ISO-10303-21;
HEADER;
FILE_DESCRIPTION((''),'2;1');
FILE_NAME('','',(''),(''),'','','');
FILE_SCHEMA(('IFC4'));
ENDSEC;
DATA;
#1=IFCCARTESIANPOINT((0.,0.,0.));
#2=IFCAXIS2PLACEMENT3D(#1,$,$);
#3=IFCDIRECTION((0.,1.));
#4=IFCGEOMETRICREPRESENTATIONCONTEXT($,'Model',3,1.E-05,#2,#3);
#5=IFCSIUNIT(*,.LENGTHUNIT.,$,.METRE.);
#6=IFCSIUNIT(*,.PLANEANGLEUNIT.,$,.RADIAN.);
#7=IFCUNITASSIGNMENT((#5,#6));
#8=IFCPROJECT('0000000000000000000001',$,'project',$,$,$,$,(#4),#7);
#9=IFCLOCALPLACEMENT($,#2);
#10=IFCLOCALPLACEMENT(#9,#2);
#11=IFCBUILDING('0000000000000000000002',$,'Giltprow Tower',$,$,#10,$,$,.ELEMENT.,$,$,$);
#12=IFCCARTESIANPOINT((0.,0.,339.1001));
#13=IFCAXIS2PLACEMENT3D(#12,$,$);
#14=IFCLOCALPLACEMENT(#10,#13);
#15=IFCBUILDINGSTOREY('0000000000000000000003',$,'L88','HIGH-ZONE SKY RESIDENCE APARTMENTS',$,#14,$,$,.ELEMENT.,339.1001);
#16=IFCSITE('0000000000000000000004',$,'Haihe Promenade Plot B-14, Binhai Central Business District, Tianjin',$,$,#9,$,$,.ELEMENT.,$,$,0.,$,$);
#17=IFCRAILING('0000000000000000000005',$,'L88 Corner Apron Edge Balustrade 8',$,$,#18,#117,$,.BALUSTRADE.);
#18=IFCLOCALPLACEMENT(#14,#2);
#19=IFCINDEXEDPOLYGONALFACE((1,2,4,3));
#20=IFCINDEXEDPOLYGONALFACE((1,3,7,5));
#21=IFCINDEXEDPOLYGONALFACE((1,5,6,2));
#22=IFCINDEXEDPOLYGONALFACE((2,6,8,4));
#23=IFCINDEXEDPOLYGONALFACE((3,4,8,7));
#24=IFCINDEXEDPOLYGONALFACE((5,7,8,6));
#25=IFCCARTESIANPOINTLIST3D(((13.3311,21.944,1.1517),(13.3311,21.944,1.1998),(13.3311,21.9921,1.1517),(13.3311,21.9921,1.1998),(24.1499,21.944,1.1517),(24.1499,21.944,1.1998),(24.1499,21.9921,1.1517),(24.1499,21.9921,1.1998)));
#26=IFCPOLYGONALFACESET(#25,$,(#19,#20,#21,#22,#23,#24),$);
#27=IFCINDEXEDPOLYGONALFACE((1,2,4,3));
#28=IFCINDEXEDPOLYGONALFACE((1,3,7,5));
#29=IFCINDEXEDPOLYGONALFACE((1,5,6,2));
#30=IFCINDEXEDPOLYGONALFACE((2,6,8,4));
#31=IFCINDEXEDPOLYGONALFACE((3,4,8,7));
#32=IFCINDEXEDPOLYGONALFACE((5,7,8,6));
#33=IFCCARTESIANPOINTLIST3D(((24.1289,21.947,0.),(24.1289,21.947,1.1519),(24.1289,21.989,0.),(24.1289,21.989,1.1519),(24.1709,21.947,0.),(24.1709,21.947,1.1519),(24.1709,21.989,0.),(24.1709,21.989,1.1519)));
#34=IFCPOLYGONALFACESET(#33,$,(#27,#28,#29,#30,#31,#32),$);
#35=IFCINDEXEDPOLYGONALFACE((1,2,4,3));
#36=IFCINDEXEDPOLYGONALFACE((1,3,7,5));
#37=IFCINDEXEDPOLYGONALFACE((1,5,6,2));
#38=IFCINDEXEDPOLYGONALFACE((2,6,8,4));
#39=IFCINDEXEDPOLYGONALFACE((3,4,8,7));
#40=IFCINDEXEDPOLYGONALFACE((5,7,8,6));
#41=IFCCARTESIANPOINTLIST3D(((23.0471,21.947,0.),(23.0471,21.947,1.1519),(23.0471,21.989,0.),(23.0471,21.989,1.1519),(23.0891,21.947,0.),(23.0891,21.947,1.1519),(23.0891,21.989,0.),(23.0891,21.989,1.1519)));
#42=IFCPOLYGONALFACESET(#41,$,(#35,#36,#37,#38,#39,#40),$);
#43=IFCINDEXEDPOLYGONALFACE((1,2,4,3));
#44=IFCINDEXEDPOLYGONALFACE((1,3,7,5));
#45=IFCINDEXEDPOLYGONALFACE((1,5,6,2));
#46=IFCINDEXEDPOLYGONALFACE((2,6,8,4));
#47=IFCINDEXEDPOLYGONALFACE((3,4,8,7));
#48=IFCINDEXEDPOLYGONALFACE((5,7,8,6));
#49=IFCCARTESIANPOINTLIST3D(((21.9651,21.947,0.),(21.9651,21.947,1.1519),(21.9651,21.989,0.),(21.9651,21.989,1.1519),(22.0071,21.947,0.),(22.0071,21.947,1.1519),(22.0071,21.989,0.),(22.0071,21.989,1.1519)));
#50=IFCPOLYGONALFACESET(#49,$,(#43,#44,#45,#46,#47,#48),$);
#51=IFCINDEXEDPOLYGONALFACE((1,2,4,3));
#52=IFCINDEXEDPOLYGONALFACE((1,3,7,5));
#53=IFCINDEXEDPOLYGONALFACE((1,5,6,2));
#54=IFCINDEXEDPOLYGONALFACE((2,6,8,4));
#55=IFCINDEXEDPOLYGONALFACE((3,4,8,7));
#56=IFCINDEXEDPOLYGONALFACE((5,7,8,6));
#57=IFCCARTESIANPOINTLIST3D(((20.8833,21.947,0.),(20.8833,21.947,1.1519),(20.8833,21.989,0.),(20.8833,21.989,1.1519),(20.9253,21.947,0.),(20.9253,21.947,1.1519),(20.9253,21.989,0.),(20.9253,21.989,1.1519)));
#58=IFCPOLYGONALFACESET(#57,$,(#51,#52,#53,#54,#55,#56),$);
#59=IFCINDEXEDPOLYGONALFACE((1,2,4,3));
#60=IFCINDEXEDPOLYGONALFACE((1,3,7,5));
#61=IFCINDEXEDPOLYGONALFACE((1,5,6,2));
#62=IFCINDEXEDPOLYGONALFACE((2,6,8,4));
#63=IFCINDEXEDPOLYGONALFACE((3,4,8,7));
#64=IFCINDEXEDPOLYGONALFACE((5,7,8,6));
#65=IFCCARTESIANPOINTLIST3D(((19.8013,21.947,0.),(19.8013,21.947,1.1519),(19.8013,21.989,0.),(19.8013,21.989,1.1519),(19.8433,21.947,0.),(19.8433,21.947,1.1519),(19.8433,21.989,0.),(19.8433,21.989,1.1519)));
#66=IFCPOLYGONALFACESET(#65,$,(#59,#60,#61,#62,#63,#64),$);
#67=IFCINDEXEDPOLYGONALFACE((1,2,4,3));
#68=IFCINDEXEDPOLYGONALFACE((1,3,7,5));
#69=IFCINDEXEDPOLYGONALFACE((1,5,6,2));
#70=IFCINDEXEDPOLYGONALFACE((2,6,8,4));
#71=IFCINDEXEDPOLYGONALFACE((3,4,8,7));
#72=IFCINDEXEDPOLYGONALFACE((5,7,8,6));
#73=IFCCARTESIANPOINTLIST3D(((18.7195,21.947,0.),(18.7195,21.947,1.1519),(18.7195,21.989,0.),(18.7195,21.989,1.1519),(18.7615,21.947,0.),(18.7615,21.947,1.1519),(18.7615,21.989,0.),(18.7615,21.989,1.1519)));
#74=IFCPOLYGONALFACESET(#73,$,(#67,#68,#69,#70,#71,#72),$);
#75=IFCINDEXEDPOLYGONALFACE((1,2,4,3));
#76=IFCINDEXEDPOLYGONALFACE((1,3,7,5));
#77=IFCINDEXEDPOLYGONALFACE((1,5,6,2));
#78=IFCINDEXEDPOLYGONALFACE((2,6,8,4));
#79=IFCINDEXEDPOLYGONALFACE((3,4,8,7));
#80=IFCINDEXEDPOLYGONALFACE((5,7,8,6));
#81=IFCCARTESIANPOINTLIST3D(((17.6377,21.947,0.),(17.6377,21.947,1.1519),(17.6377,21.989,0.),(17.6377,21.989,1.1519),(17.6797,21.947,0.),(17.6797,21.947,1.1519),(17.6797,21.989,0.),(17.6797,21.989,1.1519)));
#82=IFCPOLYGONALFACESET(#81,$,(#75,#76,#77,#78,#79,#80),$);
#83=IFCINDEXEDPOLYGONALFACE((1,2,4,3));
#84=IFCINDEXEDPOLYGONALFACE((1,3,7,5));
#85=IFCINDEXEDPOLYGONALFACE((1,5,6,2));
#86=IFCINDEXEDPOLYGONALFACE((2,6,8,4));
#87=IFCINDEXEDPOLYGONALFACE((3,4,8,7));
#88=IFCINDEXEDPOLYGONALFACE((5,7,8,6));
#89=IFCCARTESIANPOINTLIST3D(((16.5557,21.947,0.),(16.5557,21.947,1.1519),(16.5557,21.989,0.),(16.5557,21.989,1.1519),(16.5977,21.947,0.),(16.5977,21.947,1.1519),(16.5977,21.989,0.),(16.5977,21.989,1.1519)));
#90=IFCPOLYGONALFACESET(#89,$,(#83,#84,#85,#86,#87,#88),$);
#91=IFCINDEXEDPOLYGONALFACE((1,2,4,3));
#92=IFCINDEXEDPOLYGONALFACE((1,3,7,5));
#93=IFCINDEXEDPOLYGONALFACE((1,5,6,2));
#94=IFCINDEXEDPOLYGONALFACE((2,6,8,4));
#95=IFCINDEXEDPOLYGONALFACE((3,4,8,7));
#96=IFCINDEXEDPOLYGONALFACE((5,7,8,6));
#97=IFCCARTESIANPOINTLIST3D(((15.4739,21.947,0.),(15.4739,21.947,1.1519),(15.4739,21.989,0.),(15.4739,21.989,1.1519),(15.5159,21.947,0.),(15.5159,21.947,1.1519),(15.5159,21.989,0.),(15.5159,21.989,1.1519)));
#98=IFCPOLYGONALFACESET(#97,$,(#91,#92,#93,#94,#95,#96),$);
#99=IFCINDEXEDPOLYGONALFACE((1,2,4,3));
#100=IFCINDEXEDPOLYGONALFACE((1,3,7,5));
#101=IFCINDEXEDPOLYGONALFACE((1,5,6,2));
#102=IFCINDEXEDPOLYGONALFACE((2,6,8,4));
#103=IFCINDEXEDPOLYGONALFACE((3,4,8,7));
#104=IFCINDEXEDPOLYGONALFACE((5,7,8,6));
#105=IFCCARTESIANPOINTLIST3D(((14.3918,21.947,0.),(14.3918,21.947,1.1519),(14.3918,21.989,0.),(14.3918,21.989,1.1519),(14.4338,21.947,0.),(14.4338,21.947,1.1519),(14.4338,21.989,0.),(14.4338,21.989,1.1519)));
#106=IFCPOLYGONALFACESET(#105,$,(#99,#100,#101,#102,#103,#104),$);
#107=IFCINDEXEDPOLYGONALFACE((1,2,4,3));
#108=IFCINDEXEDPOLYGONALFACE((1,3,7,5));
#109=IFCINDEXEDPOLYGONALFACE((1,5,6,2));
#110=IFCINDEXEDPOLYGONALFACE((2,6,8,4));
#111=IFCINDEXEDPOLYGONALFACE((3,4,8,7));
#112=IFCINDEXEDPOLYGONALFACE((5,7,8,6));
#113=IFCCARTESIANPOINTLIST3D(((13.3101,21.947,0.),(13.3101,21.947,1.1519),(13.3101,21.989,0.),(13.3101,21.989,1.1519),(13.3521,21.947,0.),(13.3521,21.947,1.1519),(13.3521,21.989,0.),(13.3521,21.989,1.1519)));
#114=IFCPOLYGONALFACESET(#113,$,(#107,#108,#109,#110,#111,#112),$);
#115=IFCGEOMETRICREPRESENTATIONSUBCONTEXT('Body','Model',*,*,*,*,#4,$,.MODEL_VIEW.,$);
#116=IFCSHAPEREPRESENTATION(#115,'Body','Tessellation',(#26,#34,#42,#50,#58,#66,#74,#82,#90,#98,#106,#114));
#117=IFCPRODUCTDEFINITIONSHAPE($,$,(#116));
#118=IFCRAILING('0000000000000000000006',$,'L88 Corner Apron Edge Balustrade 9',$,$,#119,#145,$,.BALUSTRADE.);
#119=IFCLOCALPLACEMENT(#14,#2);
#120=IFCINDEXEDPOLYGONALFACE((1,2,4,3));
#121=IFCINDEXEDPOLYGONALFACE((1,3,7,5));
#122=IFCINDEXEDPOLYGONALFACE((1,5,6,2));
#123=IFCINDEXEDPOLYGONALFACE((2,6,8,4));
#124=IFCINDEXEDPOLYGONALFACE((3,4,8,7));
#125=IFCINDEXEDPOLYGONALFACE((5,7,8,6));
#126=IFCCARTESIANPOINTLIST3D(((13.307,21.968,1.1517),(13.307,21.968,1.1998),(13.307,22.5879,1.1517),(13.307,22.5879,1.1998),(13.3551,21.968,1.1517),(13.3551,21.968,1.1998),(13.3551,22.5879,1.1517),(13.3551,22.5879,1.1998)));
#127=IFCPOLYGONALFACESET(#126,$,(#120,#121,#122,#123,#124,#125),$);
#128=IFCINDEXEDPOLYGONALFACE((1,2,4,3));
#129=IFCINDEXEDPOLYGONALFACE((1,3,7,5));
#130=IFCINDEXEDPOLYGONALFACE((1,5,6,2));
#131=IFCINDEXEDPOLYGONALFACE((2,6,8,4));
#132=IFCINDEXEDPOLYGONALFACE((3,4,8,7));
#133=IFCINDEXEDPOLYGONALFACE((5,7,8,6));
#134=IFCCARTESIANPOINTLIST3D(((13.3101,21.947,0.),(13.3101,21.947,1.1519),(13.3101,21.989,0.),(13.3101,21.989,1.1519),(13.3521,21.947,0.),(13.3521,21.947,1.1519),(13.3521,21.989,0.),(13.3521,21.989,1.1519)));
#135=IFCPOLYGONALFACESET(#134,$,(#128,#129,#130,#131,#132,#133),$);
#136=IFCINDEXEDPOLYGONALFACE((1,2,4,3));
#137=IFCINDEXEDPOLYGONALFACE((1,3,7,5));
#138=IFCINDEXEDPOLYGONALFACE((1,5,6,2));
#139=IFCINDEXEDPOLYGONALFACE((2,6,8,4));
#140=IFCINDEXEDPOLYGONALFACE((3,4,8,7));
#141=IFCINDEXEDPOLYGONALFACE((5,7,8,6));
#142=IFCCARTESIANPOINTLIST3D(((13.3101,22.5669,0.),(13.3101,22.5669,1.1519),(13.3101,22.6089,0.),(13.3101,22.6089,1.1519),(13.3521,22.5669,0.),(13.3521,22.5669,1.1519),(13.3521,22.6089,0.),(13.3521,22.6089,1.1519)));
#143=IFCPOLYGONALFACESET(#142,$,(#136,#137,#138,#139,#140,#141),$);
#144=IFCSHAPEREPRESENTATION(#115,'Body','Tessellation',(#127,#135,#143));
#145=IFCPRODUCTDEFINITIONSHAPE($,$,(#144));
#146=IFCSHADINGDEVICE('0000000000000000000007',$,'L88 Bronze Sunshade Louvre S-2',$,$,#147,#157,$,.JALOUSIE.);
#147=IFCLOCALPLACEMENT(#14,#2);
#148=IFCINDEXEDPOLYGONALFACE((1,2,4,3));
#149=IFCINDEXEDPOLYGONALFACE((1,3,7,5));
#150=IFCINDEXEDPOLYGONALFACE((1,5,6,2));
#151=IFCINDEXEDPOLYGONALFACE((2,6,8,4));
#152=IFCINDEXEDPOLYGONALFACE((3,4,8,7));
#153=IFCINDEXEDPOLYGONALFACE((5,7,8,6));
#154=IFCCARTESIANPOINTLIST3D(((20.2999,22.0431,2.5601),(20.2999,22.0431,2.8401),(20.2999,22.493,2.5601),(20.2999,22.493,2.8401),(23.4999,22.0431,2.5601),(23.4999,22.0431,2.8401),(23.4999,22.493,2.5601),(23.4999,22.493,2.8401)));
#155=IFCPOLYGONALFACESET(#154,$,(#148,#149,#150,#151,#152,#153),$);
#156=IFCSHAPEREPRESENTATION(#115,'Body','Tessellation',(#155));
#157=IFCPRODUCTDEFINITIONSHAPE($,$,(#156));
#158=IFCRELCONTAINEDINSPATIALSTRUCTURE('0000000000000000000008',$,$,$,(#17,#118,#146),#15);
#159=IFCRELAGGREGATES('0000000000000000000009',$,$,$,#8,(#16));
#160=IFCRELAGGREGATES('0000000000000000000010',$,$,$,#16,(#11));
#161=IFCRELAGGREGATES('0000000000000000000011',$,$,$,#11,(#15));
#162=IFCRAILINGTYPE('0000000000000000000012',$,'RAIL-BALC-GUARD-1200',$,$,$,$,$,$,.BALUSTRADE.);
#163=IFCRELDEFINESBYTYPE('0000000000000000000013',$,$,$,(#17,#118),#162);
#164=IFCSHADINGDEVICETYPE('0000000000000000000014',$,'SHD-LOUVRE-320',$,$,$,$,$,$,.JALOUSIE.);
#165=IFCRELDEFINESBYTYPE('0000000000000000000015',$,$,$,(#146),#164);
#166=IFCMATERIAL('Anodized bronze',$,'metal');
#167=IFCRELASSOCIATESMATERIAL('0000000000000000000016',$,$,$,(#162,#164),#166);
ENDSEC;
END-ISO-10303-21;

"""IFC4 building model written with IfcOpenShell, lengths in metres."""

from ifc_helpers import new_model, si_unit, direction, frame, origin, origin_2d, place, context, subcontext, project, spatial, rectangle, extrude, source, transform, mapped, material, type_object, element, save


model = new_model("IFC4")

# Units and contexts
model_context = context("Model", 3, precision=1e-05, world=origin(), true_north=direction((0.0, 1.0)))
body_context = subcontext(model_context, "Body", "Model", "MODEL_VIEW")
ifc_project = project(units=[si_unit("LENGTHUNIT", "METRE"), si_unit("PLANEANGLEUNIT", "RADIAN")], contexts=[model_context])

# Site, building, storey
site_placement = place(None, origin())
site = spatial("IfcSite", under=ifc_project, at=site_placement, Name="Haihe Promenade Plot B-14, Binhai Central Business District, Tianjin", CompositionType="ELEMENT", RefElevation=0.0)
building_placement = place(site_placement, origin())
building = spatial("IfcBuilding", under=site, at=building_placement, Name="Giltprow Tower", CompositionType="ELEMENT")
storey_placement = place(building_placement, frame((0.0, 0.0, 339.1001)))
storey = spatial("IfcBuildingStorey", under=building, at=storey_placement, Name="L88", Description="HIGH-ZONE SKY RESIDENCE APARTMENTS", CompositionType="ELEMENT", Elevation=339.1001)

# Shared definitions
ifc_material_1 = material(Name="Anodized bronze", Category="metal")

# Railings
railing_type = type_object("IfcRailingType", Name="RAIL-BALC-GUARD-1200", PredefinedType="BALUSTRADE", material=ifc_material_1)
railing_1_placement = place(storey_placement, frame((24.1499, 21.968, 0.0)))
element("IfcRailing", 1, at=railing_1_placement, inside=storey, type_object=railing_type, Name="L88 Corner Apron Edge Balustrade 8", PredefinedType="BALUSTRADE", context=body_context, shape_type="SweptSolid", body=[
    extrude(rectangle(XDim=0.0481, YDim=0.0481, at=origin_2d()), frame((0.0, 0.0, 1.1758), z_axis=(-1.0, 0.0, 0.0), x_axis=(0.0, -1.0, 0.0)), (0.0, 0.0, 1.0), 10.8188),
    extrude(rectangle(XDim=0.042, YDim=0.042, at=origin_2d()), origin(), (0.0, 0.0, 1.0), 1.1519),
    extrude(rectangle(XDim=0.042, YDim=0.042, at=origin_2d()), frame((-1.0818, 0.0, 0.0)), (0.0, 0.0, 1.0), 1.1519),
    extrude(rectangle(XDim=0.042, YDim=0.042, at=origin_2d()), frame((-2.1638, 0.0, 0.0)), (0.0, 0.0, 1.0), 1.1519),
    extrude(rectangle(XDim=0.042, YDim=0.042, at=origin_2d()), frame((-3.2456, 0.0, 0.0)), (0.0, 0.0, 1.0), 1.1519),
    extrude(rectangle(XDim=0.042, YDim=0.042, at=origin_2d()), frame((-4.3276, 0.0, 0.0)), (0.0, 0.0, 1.0), 1.1519),
    extrude(rectangle(XDim=0.042, YDim=0.042, at=origin_2d()), frame((-5.4094, 0.0, 0.0)), (0.0, 0.0, 1.0), 1.1519),
    extrude(rectangle(XDim=0.042, YDim=0.042, at=origin_2d()), frame((-6.4912, 0.0, 0.0)), (0.0, 0.0, 1.0), 1.1519),
    extrude(rectangle(XDim=0.042, YDim=0.042, at=origin_2d()), frame((-7.5732, 0.0, 0.0)), (0.0, 0.0, 1.0), 1.1519),
    extrude(rectangle(XDim=0.042, YDim=0.042, at=origin_2d()), frame((-8.655, 0.0, 0.0)), (0.0, 0.0, 1.0), 1.1519),
    extrude(rectangle(XDim=0.042, YDim=0.042, at=origin_2d()), frame((-9.7371, 0.0, 0.0)), (0.0, 0.0, 1.0), 1.1519),
    extrude(rectangle(XDim=0.042, YDim=0.042, at=origin_2d()), frame((-10.8188, 0.0, 0.0)), (0.0, 0.0, 1.0), 1.1519),
])
railing_2_placement = place(storey_placement, frame((13.3311, 21.968, 0.0)))
element("IfcRailing", 2, at=railing_2_placement, inside=storey, type_object=railing_type, Name="L88 Corner Apron Edge Balustrade 9", PredefinedType="BALUSTRADE", context=body_context, shape_type="SweptSolid", body=[
    extrude(rectangle(XDim=0.0481, YDim=0.0481, at=origin_2d()), frame((0.0, 0.0, 1.1758), z_axis=(0.0, 1.0, 0.0), x_axis=(-1.0, 0.0, 0.0)), (0.0, 0.0, 1.0), 0.6199),
    extrude(rectangle(XDim=0.042, YDim=0.042, at=origin_2d()), origin(), (0.0, 0.0, 1.0), 1.1519),
    extrude(rectangle(XDim=0.042, YDim=0.042, at=origin_2d()), frame((0.0, 0.6199, 0.0)), (0.0, 0.0, 1.0), 1.1519),
])

# Shading device
shading_device_type = type_object("IfcShadingDeviceType", Name="SHD-LOUVRE-320", PredefinedType="JALOUSIE", material=ifc_material_1)
shared_shape_1 = source(origin(), body_context, "Body", "SweptSolid", [
    extrude(rectangle(XDim=3.2, YDim=0.45, at=origin_2d()), origin(), (0.0, 0.0, 1.0), 0.28),
])
shading_device_placement = place(storey_placement, frame((21.8999, 22.2681, 2.5601), z_axis=(0.0, 0.0, 1.0), x_axis=(1.0, 0.0, 0.0)))
element("IfcShadingDevice", 3, at=shading_device_placement, inside=storey, type_object=shading_device_type, Name="L88 Bronze Sunshade Louvre S-2", PredefinedType="JALOUSIE", context=body_context, shape_type="MappedRepresentation", body=[
    mapped(shared_shape_1, transform((0.0, 0.0, 0.0), x_axis=(1.0, 0.0, 0.0), y_axis=(0.0, 1.0, 0.0), z_axis=(0.0, 0.0, 1.0), scale=1.0)),
])

save(model, "model.ifc")
